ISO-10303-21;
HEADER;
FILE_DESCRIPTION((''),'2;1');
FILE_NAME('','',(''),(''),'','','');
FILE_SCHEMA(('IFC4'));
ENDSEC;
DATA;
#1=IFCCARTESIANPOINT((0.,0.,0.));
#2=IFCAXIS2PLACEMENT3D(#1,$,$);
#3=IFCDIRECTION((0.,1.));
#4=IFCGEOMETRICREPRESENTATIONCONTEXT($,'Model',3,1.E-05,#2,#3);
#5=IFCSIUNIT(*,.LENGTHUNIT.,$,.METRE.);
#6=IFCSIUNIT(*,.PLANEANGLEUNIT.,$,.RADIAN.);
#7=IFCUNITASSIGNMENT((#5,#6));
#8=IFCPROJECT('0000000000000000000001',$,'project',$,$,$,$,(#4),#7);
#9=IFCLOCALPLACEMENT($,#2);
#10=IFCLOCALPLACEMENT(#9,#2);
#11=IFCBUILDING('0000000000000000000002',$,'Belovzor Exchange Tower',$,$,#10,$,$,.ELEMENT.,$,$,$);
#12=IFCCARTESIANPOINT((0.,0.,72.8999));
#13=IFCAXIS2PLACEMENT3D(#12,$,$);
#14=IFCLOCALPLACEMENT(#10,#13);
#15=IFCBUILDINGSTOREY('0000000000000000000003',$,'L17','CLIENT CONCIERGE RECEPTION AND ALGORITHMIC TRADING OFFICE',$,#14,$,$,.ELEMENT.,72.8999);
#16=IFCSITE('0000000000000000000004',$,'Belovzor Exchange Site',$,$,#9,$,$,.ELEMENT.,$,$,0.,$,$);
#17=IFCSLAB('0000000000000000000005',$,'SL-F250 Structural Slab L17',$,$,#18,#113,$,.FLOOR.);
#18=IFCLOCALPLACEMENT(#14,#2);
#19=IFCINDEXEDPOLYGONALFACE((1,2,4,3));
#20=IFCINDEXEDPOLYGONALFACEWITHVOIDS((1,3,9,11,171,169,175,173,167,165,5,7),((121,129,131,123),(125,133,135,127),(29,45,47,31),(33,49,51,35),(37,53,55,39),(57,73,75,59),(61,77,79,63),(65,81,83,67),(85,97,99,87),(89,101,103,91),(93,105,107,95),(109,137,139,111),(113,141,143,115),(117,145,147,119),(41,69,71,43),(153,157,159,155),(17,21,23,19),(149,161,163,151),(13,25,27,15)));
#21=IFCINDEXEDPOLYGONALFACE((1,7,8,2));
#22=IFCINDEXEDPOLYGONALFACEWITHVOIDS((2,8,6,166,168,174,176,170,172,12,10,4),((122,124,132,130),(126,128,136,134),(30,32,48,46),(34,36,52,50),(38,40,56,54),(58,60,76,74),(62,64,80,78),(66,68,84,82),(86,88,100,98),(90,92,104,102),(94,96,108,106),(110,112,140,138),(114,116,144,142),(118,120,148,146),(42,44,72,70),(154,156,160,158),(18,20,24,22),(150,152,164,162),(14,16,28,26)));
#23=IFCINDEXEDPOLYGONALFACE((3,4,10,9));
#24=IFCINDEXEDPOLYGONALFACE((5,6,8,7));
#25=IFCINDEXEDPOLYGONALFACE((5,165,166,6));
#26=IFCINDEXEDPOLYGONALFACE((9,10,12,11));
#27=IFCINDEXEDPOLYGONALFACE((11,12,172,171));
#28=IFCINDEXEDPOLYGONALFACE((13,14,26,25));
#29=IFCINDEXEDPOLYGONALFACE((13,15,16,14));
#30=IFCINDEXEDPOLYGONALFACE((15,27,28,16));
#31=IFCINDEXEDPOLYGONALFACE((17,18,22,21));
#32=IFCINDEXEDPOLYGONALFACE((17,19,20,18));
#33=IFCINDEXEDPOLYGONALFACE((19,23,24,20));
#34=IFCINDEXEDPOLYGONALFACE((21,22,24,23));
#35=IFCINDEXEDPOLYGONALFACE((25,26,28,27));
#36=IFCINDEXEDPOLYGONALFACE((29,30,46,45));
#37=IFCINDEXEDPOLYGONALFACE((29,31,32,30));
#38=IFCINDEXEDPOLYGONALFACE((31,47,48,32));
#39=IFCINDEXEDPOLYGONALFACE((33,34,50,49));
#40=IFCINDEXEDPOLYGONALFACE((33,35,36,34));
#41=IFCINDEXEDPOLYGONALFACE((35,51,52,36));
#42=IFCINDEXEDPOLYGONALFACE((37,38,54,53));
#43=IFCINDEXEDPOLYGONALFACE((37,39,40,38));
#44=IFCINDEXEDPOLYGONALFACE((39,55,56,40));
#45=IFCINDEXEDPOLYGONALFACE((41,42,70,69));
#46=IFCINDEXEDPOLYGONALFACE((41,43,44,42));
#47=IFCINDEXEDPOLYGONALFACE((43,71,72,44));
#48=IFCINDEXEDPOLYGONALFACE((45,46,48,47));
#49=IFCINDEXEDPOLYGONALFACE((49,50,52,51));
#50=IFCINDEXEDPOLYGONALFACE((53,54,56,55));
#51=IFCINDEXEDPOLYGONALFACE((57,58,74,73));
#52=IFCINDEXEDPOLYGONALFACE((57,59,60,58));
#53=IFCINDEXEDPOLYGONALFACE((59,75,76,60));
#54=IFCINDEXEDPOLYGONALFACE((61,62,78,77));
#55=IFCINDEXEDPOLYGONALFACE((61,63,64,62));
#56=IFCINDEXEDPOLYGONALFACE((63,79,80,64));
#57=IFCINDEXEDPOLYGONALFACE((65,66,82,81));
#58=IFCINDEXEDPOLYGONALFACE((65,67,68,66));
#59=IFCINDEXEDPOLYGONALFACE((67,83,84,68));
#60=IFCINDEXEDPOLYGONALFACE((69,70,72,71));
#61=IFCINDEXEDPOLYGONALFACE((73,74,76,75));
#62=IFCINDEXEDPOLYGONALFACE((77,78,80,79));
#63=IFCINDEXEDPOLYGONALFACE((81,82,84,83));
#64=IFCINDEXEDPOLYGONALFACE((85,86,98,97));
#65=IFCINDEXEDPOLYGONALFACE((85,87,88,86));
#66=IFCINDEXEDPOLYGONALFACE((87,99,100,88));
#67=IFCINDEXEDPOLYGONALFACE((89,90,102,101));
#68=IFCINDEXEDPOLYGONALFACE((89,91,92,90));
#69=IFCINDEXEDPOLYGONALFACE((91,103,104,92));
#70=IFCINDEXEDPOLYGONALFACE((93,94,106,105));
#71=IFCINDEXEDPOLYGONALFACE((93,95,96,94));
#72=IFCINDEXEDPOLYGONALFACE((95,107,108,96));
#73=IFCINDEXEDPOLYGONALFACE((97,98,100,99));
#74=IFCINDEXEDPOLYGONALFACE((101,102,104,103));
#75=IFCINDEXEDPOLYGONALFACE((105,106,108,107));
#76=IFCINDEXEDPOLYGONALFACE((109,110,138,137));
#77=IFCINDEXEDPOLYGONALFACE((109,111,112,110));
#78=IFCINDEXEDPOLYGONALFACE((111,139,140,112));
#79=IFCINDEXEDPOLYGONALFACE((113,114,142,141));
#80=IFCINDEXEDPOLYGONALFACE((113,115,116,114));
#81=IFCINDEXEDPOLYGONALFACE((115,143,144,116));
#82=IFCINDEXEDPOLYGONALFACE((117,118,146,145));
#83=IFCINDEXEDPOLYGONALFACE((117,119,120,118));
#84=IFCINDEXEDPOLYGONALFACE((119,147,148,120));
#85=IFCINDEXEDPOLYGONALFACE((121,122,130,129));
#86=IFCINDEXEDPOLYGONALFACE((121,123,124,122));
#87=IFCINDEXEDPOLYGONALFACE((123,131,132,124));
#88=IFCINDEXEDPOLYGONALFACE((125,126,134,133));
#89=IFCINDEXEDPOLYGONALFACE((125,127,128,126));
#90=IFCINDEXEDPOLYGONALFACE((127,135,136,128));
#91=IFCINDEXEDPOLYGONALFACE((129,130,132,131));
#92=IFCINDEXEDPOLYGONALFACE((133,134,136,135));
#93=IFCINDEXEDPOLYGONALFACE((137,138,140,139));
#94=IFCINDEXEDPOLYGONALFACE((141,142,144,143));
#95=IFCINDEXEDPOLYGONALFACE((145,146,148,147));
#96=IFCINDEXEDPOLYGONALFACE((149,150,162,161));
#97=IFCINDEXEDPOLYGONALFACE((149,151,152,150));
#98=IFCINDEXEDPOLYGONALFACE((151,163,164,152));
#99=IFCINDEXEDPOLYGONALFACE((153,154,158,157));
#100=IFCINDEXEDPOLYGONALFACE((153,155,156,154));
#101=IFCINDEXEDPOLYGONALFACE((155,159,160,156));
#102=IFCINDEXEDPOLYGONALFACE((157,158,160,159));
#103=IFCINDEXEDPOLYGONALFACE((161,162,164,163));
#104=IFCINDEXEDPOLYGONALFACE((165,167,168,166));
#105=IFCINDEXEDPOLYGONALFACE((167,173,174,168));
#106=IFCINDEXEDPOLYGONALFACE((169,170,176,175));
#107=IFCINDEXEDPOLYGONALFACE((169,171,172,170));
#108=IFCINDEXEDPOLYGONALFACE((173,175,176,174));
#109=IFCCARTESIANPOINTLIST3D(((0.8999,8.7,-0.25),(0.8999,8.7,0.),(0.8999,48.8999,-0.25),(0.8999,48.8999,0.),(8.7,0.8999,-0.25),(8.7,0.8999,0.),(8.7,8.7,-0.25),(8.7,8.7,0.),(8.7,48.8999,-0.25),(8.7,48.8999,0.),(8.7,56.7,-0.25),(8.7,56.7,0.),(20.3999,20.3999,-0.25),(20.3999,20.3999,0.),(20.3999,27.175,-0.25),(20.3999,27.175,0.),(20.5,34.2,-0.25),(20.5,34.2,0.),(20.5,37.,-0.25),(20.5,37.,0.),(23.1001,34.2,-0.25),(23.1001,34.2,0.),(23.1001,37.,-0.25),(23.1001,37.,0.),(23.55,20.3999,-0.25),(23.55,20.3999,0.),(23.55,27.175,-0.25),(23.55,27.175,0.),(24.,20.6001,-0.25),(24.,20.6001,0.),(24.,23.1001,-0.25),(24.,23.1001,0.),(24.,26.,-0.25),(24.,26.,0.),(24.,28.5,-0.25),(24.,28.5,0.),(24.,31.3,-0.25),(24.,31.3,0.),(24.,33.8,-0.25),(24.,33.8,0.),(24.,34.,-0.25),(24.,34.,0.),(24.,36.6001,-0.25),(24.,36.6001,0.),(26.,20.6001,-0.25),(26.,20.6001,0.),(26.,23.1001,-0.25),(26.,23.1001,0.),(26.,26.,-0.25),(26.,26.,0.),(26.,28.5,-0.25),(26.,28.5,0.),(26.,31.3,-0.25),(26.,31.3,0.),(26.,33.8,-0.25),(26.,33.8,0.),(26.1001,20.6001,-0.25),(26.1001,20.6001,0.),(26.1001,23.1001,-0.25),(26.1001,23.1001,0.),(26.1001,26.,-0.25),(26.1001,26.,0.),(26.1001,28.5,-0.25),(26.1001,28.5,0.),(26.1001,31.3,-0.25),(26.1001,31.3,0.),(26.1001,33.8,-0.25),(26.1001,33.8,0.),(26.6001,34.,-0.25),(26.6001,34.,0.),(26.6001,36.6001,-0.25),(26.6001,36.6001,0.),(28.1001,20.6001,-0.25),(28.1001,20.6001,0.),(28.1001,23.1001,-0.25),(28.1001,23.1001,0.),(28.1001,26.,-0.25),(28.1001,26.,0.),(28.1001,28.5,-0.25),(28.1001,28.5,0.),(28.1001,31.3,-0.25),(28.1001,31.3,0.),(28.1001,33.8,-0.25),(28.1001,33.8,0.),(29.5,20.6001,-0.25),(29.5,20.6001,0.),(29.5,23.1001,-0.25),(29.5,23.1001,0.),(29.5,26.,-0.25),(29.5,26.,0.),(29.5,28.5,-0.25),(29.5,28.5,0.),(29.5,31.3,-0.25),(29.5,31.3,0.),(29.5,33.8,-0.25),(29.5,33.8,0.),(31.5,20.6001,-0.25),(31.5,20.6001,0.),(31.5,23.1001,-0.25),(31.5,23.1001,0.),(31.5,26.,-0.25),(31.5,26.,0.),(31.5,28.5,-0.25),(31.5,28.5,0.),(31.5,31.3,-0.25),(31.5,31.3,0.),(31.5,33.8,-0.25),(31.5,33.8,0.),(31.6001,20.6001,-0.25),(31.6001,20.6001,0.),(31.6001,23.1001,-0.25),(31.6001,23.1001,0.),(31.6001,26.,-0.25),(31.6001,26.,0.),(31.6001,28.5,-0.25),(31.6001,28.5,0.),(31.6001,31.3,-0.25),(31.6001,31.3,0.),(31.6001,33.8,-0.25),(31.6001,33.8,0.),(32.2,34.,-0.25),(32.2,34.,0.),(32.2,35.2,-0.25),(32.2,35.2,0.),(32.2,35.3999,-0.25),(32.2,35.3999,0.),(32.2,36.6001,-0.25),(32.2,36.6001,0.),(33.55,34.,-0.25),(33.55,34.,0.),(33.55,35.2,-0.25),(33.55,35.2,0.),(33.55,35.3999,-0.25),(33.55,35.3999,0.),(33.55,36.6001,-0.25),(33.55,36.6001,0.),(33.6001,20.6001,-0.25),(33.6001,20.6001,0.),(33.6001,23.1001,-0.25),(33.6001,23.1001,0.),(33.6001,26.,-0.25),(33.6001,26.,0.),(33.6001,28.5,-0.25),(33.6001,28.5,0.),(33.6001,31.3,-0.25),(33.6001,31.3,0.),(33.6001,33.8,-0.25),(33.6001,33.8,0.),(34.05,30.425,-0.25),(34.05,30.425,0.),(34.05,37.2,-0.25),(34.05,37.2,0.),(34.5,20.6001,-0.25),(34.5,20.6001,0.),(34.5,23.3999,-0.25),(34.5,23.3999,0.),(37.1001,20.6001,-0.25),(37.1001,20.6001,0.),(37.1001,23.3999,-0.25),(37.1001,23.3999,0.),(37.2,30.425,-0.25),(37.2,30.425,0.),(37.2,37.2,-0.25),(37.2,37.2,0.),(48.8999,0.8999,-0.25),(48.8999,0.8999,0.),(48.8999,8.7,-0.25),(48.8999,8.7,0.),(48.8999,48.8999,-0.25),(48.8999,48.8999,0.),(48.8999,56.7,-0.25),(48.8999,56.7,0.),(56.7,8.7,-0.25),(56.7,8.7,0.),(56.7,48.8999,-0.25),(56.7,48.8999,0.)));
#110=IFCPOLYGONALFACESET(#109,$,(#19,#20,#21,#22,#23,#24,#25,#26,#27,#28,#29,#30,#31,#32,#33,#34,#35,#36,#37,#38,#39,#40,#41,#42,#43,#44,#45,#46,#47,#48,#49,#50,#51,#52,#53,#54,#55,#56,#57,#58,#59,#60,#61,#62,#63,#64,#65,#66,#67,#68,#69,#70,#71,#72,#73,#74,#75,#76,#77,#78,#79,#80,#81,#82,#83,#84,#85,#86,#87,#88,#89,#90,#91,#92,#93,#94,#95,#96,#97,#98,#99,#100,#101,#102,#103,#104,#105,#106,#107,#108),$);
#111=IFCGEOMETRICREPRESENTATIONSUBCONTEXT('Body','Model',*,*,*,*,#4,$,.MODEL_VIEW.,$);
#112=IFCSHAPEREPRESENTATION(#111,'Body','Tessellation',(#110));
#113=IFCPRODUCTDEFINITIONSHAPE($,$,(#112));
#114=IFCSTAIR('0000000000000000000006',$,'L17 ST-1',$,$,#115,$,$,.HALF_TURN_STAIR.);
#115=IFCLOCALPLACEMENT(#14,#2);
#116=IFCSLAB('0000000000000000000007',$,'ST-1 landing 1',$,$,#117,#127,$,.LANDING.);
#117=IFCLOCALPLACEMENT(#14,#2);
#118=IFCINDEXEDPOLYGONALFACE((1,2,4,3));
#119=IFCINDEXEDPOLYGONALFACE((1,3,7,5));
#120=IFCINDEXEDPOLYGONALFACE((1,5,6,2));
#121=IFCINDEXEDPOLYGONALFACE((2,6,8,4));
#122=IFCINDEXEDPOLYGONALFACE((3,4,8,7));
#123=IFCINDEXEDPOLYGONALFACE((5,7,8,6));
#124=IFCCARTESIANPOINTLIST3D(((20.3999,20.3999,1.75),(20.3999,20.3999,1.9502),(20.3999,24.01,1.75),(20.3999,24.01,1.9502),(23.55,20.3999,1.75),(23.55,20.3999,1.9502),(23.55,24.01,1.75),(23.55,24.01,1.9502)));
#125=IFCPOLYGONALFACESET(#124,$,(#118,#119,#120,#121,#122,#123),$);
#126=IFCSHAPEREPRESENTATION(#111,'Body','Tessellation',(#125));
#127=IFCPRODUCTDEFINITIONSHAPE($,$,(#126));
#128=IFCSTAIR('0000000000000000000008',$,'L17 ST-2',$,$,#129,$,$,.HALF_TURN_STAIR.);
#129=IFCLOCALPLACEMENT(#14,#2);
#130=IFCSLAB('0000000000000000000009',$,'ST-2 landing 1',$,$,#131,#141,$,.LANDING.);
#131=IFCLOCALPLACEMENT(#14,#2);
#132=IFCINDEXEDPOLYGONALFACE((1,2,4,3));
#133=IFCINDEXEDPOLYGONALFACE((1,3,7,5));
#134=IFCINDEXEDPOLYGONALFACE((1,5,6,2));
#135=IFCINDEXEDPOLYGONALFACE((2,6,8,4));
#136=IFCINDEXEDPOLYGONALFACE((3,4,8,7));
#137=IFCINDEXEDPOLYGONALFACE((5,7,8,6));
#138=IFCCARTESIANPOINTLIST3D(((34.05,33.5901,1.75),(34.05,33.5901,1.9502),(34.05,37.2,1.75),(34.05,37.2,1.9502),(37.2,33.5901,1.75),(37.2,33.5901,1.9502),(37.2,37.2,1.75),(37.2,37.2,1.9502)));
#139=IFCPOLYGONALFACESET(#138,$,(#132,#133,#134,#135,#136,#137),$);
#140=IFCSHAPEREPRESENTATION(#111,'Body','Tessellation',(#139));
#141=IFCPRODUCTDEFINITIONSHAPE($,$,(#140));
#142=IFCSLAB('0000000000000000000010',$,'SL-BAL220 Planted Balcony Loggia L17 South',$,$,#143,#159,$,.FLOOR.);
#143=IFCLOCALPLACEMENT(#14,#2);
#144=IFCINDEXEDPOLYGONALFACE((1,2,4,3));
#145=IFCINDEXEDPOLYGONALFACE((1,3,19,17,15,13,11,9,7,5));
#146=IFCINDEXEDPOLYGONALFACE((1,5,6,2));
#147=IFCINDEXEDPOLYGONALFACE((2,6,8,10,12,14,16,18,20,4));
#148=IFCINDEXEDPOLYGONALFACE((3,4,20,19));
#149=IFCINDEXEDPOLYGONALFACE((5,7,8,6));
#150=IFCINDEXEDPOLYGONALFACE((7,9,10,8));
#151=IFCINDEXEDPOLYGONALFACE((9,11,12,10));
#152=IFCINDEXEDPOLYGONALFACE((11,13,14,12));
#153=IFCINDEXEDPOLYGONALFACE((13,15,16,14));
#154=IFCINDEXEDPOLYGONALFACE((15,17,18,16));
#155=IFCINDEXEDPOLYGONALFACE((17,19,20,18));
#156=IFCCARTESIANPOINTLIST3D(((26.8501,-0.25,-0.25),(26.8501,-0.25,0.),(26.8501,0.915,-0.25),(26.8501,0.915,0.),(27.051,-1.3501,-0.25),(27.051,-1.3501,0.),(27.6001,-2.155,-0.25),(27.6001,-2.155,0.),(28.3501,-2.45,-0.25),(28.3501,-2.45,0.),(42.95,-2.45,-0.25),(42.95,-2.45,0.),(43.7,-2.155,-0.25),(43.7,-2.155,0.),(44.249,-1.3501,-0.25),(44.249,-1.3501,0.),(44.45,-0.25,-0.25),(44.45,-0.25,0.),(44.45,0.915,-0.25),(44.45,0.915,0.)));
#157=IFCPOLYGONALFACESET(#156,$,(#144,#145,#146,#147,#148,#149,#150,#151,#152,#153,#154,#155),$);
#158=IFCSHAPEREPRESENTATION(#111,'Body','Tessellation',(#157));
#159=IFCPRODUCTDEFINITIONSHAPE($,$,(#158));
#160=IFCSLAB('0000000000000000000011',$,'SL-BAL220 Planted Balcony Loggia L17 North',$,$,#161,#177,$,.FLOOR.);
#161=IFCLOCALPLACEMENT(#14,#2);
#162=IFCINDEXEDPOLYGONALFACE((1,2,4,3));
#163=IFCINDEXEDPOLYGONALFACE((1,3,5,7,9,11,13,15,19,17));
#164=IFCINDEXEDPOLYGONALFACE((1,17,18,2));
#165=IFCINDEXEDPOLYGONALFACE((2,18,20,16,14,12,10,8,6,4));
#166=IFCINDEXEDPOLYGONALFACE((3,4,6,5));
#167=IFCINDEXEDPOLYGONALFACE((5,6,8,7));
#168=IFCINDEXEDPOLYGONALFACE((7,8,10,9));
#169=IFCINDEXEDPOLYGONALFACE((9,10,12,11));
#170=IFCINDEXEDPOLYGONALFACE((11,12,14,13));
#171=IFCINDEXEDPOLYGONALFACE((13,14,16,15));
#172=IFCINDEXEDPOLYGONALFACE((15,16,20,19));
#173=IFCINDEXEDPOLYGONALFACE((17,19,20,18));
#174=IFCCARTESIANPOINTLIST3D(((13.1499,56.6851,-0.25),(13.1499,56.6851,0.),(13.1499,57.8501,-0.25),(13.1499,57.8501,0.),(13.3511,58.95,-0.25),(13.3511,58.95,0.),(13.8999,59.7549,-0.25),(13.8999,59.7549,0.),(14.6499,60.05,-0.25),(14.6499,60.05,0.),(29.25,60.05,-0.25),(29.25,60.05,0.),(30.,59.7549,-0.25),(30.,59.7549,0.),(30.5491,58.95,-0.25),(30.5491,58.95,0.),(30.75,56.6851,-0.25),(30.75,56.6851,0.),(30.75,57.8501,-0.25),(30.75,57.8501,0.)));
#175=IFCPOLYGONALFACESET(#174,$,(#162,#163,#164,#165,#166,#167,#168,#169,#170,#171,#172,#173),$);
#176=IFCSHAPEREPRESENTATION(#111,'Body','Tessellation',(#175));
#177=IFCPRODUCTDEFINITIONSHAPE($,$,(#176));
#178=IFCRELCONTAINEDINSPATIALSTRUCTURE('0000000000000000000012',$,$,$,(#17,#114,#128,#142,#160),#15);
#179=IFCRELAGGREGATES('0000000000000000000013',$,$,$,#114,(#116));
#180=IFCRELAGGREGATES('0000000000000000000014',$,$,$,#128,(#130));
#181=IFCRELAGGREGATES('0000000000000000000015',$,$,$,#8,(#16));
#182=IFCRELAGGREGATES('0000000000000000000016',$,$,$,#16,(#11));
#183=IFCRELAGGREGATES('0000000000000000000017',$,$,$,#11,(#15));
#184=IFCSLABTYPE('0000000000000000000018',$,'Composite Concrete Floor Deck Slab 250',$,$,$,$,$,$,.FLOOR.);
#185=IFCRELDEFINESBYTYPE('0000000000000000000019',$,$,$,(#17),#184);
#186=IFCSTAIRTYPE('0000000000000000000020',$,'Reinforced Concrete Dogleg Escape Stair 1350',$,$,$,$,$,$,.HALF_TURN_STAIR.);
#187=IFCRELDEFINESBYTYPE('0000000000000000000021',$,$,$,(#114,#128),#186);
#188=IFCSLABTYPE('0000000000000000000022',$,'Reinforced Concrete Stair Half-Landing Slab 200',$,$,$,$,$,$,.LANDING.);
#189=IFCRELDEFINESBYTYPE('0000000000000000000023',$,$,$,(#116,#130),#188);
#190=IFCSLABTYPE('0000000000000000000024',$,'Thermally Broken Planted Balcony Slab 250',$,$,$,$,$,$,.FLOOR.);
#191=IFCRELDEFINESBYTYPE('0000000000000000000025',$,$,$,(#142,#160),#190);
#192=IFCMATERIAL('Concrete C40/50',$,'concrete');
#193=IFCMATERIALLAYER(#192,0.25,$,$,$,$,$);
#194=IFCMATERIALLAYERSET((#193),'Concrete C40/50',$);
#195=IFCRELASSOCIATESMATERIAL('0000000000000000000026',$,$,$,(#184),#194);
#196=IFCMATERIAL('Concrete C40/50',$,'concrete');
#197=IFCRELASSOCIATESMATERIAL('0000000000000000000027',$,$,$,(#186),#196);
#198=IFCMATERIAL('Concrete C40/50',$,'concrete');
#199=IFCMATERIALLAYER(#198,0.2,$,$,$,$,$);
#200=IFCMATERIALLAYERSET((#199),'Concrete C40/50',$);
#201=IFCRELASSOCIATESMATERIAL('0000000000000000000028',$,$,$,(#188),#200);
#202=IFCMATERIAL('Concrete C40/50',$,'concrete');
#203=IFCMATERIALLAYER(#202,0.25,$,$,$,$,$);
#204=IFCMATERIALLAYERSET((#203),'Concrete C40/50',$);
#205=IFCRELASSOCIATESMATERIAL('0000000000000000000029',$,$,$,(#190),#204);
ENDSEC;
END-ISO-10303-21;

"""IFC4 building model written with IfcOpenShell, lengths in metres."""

from ifc_helpers import new_model, si_unit, direction, frame, origin, place, context, subcontext, project, spatial, polyline, outline, extrude, material, layer, layer_set, type_object, element, aggregate, save


model = new_model("IFC4")

# Units and contexts
model_context = context("Model", 3, precision=1e-05, world=origin(), true_north=direction((0.0, 1.0)))
body_context = subcontext(model_context, "Body", "Model", "MODEL_VIEW")
ifc_project = project(units=[si_unit("LENGTHUNIT", "METRE"), si_unit("PLANEANGLEUNIT", "RADIAN")], contexts=[model_context])

# Site, building, storey
site_placement = place(None, origin())
site = spatial("IfcSite", under=ifc_project, at=site_placement, Name="Belovzor Exchange Site", CompositionType="ELEMENT", RefElevation=0.0)
building_placement = place(site_placement, origin())
building = spatial("IfcBuilding", under=site, at=building_placement, Name="Belovzor Exchange Tower", CompositionType="ELEMENT")
storey_placement = place(building_placement, frame((0.0, 0.0, 72.8999)))
storey = spatial("IfcBuildingStorey", under=building, at=storey_placement, Name="L17", Description="CLIENT CONCIERGE RECEPTION AND ALGORITHMIC TRADING OFFICE", CompositionType="ELEMENT", Elevation=72.8999)

# Slab
ifc_material_1 = material(Name="Concrete C40/50", Category="concrete")
ifc_layer_1 = layer(ifc_material_1, 0.25)
ifc_layer_set_1 = layer_set([ifc_layer_1], Name="Concrete C40/50")
slab_type_1 = type_object("IfcSlabType", Name="Composite Concrete Floor Deck Slab 250", PredefinedType="FLOOR", material=ifc_layer_set_1)
slab_1_placement = place(storey_placement, frame((0.0, 0.0, -0.25)))
element("IfcSlab", 1, at=slab_1_placement, inside=storey, type_object=slab_type_1, Name="SL-F250 Structural Slab L17", PredefinedType="FLOOR", context=body_context, shape_type="SweptSolid", body=[
    extrude(outline(polyline([(8.7, 0.8999), (48.8999, 0.8999), (48.8999, 8.7), (56.7, 8.7), (56.7, 48.8999), (48.8999, 48.8999), (48.8999, 56.7), (8.7, 56.7), (8.7, 48.8999), (0.8999, 48.8999), (0.8999, 8.7), (8.7, 8.7), (8.7, 0.8999)]), holes=[polyline([(20.3999, 27.175), (20.3999, 20.3999), (23.55, 20.3999), (23.55, 27.175), (20.3999, 27.175)]), polyline([(37.2, 30.425), (37.2, 37.2), (34.05, 37.2), (34.05, 30.425), (37.2, 30.425)]), polyline([(20.5, 34.2), (23.1001, 34.2), (23.1001, 37.0), (20.5, 37.0), (20.5, 34.2)]), polyline([(34.5, 20.6001), (37.1001, 20.6001), (37.1001, 23.3999), (34.5, 23.3999), (34.5, 20.6001)]), polyline([(24.0, 34.0), (26.6001, 34.0), (26.6001, 36.6001), (24.0, 36.6001), (24.0, 34.0)]), polyline([(24.0, 20.6001), (26.0, 20.6001), (26.0, 23.1001), (24.0, 23.1001), (24.0, 20.6001)]), polyline([(26.1001, 20.6001), (28.1001, 20.6001), (28.1001, 23.1001), (26.1001, 23.1001), (26.1001, 20.6001)]), polyline([(29.5, 20.6001), (31.5, 20.6001), (31.5, 23.1001), (29.5, 23.1001), (29.5, 20.6001)]), polyline([(31.6001, 20.6001), (33.6001, 20.6001), (33.6001, 23.1001), (31.6001, 23.1001), (31.6001, 20.6001)]), polyline([(24.0, 26.0), (26.0, 26.0), (26.0, 28.5), (24.0, 28.5), (24.0, 26.0)]), polyline([(26.1001, 26.0), (28.1001, 26.0), (28.1001, 28.5), (26.1001, 28.5), (26.1001, 26.0)]), polyline([(29.5, 26.0), (31.5, 26.0), (31.5, 28.5), (29.5, 28.5), (29.5, 26.0)]), polyline([(31.6001, 26.0), (33.6001, 26.0), (33.6001, 28.5), (31.6001, 28.5), (31.6001, 26.0)]), polyline([(24.0, 31.3), (26.0, 31.3), (26.0, 33.8), (24.0, 33.8), (24.0, 31.3)]), polyline([(26.1001, 31.3), (28.1001, 31.3), (28.1001, 33.8), (26.1001, 33.8), (26.1001, 31.3)]), polyline([(29.5, 31.3), (31.5, 31.3), (31.5, 33.8), (29.5, 33.8), (29.5, 31.3)]), polyline([(31.6001, 31.3), (33.6001, 31.3), (33.6001, 33.8), (31.6001, 33.8), (31.6001, 31.3)]), polyline([(32.2, 34.0), (33.55, 34.0), (33.55, 35.2), (32.2, 35.2), (32.2, 34.0)]), polyline([(32.2, 35.3999), (33.55, 35.3999), (33.55, 36.6001), (32.2, 36.6001), (32.2, 35.3999)])]), origin(), (0.0, 0.0, 1.0), 0.25),
])

# Stairs, slabs
ifc_material_2 = material(Name="Concrete C40/50", Category="concrete")
stair_type = type_object("IfcStairType", Name="Reinforced Concrete Dogleg Escape Stair 1350", PredefinedType="HALF_TURN_STAIR", material=ifc_material_2)
stair_1_placement = place(storey_placement, origin())
stair_1 = element("IfcStair", 2, at=stair_1_placement, inside=storey, type_object=stair_type, Name="L17 ST-1", PredefinedType="HALF_TURN_STAIR")
ifc_material_3 = material(Name="Concrete C40/50", Category="concrete")
ifc_layer_2 = layer(ifc_material_3, 0.2)
ifc_layer_set_2 = layer_set([ifc_layer_2], Name="Concrete C40/50")
slab_type_2 = type_object("IfcSlabType", Name="Reinforced Concrete Stair Half-Landing Slab 200", PredefinedType="LANDING", material=ifc_layer_set_2)
slab_2_placement = place(storey_placement, frame((0.0, 0.0, 1.75)))
slab_2 = element("IfcSlab", 3, at=slab_2_placement, type_object=slab_type_2, Name="ST-1 landing 1", PredefinedType="LANDING", context=body_context, shape_type="SweptSolid", body=[
    extrude(outline(polyline([(20.3999, 24.01), (20.3999, 20.3999), (23.55, 20.3999), (23.55, 24.01), (20.3999, 24.01)])), origin(), (0.0, 0.0, 1.0), 0.2002),
])
aggregate(stair_1, [slab_2])
stair_2_placement = place(storey_placement, origin())
stair_2 = element("IfcStair", 4, at=stair_2_placement, inside=storey, type_object=stair_type, Name="L17 ST-2", PredefinedType="HALF_TURN_STAIR")
slab_3_placement = place(storey_placement, frame((0.0, 0.0, 1.75)))
slab_3 = element("IfcSlab", 5, at=slab_3_placement, type_object=slab_type_2, Name="ST-2 landing 1", PredefinedType="LANDING", context=body_context, shape_type="SweptSolid", body=[
    extrude(outline(polyline([(37.2, 33.5901), (37.2, 37.2), (34.05, 37.2), (34.05, 33.5901), (37.2, 33.5901)])), origin(), (0.0, 0.0, 1.0), 0.2002),
])
aggregate(stair_2, [slab_3])

# Slabs
ifc_material_4 = material(Name="Concrete C40/50", Category="concrete")
ifc_layer_3 = layer(ifc_material_4, 0.25)
ifc_layer_set_3 = layer_set([ifc_layer_3], Name="Concrete C40/50")
slab_type_3 = type_object("IfcSlabType", Name="Thermally Broken Planted Balcony Slab 250", PredefinedType="FLOOR", material=ifc_layer_set_3)
slab_4_placement = place(storey_placement, frame((0.0, 0.0, -0.25)))
element("IfcSlab", 6, at=slab_4_placement, inside=storey, type_object=slab_type_3, Name="SL-BAL220 Planted Balcony Loggia L17 South", PredefinedType="FLOOR", context=body_context, shape_type="SweptSolid", body=[
    extrude(outline(polyline([(26.8501, 0.915), (26.8501, -0.25), (27.051, -1.3501), (27.6001, -2.155), (28.3501, -2.45), (42.95, -2.45), (43.7, -2.155), (44.249, -1.3501), (44.45, -0.25), (44.45, 0.915), (26.8501, 0.915)])), origin(), (0.0, 0.0, 1.0), 0.25),
])
slab_5_placement = place(storey_placement, frame((0.0, 0.0, -0.25)))
element("IfcSlab", 7, at=slab_5_placement, inside=storey, type_object=slab_type_3, Name="SL-BAL220 Planted Balcony Loggia L17 North", PredefinedType="FLOOR", context=body_context, shape_type="SweptSolid", body=[
    extrude(outline(polyline([(30.75, 56.6851), (30.75, 57.8501), (30.5491, 58.95), (30.0, 59.7549), (29.25, 60.05), (14.6499, 60.05), (13.8999, 59.7549), (13.3511, 58.95), (13.1499, 57.8501), (13.1499, 56.6851), (30.75, 56.6851)])), origin(), (0.0, 0.0, 1.0), 0.25),
])

save(model, "model.ifc")
